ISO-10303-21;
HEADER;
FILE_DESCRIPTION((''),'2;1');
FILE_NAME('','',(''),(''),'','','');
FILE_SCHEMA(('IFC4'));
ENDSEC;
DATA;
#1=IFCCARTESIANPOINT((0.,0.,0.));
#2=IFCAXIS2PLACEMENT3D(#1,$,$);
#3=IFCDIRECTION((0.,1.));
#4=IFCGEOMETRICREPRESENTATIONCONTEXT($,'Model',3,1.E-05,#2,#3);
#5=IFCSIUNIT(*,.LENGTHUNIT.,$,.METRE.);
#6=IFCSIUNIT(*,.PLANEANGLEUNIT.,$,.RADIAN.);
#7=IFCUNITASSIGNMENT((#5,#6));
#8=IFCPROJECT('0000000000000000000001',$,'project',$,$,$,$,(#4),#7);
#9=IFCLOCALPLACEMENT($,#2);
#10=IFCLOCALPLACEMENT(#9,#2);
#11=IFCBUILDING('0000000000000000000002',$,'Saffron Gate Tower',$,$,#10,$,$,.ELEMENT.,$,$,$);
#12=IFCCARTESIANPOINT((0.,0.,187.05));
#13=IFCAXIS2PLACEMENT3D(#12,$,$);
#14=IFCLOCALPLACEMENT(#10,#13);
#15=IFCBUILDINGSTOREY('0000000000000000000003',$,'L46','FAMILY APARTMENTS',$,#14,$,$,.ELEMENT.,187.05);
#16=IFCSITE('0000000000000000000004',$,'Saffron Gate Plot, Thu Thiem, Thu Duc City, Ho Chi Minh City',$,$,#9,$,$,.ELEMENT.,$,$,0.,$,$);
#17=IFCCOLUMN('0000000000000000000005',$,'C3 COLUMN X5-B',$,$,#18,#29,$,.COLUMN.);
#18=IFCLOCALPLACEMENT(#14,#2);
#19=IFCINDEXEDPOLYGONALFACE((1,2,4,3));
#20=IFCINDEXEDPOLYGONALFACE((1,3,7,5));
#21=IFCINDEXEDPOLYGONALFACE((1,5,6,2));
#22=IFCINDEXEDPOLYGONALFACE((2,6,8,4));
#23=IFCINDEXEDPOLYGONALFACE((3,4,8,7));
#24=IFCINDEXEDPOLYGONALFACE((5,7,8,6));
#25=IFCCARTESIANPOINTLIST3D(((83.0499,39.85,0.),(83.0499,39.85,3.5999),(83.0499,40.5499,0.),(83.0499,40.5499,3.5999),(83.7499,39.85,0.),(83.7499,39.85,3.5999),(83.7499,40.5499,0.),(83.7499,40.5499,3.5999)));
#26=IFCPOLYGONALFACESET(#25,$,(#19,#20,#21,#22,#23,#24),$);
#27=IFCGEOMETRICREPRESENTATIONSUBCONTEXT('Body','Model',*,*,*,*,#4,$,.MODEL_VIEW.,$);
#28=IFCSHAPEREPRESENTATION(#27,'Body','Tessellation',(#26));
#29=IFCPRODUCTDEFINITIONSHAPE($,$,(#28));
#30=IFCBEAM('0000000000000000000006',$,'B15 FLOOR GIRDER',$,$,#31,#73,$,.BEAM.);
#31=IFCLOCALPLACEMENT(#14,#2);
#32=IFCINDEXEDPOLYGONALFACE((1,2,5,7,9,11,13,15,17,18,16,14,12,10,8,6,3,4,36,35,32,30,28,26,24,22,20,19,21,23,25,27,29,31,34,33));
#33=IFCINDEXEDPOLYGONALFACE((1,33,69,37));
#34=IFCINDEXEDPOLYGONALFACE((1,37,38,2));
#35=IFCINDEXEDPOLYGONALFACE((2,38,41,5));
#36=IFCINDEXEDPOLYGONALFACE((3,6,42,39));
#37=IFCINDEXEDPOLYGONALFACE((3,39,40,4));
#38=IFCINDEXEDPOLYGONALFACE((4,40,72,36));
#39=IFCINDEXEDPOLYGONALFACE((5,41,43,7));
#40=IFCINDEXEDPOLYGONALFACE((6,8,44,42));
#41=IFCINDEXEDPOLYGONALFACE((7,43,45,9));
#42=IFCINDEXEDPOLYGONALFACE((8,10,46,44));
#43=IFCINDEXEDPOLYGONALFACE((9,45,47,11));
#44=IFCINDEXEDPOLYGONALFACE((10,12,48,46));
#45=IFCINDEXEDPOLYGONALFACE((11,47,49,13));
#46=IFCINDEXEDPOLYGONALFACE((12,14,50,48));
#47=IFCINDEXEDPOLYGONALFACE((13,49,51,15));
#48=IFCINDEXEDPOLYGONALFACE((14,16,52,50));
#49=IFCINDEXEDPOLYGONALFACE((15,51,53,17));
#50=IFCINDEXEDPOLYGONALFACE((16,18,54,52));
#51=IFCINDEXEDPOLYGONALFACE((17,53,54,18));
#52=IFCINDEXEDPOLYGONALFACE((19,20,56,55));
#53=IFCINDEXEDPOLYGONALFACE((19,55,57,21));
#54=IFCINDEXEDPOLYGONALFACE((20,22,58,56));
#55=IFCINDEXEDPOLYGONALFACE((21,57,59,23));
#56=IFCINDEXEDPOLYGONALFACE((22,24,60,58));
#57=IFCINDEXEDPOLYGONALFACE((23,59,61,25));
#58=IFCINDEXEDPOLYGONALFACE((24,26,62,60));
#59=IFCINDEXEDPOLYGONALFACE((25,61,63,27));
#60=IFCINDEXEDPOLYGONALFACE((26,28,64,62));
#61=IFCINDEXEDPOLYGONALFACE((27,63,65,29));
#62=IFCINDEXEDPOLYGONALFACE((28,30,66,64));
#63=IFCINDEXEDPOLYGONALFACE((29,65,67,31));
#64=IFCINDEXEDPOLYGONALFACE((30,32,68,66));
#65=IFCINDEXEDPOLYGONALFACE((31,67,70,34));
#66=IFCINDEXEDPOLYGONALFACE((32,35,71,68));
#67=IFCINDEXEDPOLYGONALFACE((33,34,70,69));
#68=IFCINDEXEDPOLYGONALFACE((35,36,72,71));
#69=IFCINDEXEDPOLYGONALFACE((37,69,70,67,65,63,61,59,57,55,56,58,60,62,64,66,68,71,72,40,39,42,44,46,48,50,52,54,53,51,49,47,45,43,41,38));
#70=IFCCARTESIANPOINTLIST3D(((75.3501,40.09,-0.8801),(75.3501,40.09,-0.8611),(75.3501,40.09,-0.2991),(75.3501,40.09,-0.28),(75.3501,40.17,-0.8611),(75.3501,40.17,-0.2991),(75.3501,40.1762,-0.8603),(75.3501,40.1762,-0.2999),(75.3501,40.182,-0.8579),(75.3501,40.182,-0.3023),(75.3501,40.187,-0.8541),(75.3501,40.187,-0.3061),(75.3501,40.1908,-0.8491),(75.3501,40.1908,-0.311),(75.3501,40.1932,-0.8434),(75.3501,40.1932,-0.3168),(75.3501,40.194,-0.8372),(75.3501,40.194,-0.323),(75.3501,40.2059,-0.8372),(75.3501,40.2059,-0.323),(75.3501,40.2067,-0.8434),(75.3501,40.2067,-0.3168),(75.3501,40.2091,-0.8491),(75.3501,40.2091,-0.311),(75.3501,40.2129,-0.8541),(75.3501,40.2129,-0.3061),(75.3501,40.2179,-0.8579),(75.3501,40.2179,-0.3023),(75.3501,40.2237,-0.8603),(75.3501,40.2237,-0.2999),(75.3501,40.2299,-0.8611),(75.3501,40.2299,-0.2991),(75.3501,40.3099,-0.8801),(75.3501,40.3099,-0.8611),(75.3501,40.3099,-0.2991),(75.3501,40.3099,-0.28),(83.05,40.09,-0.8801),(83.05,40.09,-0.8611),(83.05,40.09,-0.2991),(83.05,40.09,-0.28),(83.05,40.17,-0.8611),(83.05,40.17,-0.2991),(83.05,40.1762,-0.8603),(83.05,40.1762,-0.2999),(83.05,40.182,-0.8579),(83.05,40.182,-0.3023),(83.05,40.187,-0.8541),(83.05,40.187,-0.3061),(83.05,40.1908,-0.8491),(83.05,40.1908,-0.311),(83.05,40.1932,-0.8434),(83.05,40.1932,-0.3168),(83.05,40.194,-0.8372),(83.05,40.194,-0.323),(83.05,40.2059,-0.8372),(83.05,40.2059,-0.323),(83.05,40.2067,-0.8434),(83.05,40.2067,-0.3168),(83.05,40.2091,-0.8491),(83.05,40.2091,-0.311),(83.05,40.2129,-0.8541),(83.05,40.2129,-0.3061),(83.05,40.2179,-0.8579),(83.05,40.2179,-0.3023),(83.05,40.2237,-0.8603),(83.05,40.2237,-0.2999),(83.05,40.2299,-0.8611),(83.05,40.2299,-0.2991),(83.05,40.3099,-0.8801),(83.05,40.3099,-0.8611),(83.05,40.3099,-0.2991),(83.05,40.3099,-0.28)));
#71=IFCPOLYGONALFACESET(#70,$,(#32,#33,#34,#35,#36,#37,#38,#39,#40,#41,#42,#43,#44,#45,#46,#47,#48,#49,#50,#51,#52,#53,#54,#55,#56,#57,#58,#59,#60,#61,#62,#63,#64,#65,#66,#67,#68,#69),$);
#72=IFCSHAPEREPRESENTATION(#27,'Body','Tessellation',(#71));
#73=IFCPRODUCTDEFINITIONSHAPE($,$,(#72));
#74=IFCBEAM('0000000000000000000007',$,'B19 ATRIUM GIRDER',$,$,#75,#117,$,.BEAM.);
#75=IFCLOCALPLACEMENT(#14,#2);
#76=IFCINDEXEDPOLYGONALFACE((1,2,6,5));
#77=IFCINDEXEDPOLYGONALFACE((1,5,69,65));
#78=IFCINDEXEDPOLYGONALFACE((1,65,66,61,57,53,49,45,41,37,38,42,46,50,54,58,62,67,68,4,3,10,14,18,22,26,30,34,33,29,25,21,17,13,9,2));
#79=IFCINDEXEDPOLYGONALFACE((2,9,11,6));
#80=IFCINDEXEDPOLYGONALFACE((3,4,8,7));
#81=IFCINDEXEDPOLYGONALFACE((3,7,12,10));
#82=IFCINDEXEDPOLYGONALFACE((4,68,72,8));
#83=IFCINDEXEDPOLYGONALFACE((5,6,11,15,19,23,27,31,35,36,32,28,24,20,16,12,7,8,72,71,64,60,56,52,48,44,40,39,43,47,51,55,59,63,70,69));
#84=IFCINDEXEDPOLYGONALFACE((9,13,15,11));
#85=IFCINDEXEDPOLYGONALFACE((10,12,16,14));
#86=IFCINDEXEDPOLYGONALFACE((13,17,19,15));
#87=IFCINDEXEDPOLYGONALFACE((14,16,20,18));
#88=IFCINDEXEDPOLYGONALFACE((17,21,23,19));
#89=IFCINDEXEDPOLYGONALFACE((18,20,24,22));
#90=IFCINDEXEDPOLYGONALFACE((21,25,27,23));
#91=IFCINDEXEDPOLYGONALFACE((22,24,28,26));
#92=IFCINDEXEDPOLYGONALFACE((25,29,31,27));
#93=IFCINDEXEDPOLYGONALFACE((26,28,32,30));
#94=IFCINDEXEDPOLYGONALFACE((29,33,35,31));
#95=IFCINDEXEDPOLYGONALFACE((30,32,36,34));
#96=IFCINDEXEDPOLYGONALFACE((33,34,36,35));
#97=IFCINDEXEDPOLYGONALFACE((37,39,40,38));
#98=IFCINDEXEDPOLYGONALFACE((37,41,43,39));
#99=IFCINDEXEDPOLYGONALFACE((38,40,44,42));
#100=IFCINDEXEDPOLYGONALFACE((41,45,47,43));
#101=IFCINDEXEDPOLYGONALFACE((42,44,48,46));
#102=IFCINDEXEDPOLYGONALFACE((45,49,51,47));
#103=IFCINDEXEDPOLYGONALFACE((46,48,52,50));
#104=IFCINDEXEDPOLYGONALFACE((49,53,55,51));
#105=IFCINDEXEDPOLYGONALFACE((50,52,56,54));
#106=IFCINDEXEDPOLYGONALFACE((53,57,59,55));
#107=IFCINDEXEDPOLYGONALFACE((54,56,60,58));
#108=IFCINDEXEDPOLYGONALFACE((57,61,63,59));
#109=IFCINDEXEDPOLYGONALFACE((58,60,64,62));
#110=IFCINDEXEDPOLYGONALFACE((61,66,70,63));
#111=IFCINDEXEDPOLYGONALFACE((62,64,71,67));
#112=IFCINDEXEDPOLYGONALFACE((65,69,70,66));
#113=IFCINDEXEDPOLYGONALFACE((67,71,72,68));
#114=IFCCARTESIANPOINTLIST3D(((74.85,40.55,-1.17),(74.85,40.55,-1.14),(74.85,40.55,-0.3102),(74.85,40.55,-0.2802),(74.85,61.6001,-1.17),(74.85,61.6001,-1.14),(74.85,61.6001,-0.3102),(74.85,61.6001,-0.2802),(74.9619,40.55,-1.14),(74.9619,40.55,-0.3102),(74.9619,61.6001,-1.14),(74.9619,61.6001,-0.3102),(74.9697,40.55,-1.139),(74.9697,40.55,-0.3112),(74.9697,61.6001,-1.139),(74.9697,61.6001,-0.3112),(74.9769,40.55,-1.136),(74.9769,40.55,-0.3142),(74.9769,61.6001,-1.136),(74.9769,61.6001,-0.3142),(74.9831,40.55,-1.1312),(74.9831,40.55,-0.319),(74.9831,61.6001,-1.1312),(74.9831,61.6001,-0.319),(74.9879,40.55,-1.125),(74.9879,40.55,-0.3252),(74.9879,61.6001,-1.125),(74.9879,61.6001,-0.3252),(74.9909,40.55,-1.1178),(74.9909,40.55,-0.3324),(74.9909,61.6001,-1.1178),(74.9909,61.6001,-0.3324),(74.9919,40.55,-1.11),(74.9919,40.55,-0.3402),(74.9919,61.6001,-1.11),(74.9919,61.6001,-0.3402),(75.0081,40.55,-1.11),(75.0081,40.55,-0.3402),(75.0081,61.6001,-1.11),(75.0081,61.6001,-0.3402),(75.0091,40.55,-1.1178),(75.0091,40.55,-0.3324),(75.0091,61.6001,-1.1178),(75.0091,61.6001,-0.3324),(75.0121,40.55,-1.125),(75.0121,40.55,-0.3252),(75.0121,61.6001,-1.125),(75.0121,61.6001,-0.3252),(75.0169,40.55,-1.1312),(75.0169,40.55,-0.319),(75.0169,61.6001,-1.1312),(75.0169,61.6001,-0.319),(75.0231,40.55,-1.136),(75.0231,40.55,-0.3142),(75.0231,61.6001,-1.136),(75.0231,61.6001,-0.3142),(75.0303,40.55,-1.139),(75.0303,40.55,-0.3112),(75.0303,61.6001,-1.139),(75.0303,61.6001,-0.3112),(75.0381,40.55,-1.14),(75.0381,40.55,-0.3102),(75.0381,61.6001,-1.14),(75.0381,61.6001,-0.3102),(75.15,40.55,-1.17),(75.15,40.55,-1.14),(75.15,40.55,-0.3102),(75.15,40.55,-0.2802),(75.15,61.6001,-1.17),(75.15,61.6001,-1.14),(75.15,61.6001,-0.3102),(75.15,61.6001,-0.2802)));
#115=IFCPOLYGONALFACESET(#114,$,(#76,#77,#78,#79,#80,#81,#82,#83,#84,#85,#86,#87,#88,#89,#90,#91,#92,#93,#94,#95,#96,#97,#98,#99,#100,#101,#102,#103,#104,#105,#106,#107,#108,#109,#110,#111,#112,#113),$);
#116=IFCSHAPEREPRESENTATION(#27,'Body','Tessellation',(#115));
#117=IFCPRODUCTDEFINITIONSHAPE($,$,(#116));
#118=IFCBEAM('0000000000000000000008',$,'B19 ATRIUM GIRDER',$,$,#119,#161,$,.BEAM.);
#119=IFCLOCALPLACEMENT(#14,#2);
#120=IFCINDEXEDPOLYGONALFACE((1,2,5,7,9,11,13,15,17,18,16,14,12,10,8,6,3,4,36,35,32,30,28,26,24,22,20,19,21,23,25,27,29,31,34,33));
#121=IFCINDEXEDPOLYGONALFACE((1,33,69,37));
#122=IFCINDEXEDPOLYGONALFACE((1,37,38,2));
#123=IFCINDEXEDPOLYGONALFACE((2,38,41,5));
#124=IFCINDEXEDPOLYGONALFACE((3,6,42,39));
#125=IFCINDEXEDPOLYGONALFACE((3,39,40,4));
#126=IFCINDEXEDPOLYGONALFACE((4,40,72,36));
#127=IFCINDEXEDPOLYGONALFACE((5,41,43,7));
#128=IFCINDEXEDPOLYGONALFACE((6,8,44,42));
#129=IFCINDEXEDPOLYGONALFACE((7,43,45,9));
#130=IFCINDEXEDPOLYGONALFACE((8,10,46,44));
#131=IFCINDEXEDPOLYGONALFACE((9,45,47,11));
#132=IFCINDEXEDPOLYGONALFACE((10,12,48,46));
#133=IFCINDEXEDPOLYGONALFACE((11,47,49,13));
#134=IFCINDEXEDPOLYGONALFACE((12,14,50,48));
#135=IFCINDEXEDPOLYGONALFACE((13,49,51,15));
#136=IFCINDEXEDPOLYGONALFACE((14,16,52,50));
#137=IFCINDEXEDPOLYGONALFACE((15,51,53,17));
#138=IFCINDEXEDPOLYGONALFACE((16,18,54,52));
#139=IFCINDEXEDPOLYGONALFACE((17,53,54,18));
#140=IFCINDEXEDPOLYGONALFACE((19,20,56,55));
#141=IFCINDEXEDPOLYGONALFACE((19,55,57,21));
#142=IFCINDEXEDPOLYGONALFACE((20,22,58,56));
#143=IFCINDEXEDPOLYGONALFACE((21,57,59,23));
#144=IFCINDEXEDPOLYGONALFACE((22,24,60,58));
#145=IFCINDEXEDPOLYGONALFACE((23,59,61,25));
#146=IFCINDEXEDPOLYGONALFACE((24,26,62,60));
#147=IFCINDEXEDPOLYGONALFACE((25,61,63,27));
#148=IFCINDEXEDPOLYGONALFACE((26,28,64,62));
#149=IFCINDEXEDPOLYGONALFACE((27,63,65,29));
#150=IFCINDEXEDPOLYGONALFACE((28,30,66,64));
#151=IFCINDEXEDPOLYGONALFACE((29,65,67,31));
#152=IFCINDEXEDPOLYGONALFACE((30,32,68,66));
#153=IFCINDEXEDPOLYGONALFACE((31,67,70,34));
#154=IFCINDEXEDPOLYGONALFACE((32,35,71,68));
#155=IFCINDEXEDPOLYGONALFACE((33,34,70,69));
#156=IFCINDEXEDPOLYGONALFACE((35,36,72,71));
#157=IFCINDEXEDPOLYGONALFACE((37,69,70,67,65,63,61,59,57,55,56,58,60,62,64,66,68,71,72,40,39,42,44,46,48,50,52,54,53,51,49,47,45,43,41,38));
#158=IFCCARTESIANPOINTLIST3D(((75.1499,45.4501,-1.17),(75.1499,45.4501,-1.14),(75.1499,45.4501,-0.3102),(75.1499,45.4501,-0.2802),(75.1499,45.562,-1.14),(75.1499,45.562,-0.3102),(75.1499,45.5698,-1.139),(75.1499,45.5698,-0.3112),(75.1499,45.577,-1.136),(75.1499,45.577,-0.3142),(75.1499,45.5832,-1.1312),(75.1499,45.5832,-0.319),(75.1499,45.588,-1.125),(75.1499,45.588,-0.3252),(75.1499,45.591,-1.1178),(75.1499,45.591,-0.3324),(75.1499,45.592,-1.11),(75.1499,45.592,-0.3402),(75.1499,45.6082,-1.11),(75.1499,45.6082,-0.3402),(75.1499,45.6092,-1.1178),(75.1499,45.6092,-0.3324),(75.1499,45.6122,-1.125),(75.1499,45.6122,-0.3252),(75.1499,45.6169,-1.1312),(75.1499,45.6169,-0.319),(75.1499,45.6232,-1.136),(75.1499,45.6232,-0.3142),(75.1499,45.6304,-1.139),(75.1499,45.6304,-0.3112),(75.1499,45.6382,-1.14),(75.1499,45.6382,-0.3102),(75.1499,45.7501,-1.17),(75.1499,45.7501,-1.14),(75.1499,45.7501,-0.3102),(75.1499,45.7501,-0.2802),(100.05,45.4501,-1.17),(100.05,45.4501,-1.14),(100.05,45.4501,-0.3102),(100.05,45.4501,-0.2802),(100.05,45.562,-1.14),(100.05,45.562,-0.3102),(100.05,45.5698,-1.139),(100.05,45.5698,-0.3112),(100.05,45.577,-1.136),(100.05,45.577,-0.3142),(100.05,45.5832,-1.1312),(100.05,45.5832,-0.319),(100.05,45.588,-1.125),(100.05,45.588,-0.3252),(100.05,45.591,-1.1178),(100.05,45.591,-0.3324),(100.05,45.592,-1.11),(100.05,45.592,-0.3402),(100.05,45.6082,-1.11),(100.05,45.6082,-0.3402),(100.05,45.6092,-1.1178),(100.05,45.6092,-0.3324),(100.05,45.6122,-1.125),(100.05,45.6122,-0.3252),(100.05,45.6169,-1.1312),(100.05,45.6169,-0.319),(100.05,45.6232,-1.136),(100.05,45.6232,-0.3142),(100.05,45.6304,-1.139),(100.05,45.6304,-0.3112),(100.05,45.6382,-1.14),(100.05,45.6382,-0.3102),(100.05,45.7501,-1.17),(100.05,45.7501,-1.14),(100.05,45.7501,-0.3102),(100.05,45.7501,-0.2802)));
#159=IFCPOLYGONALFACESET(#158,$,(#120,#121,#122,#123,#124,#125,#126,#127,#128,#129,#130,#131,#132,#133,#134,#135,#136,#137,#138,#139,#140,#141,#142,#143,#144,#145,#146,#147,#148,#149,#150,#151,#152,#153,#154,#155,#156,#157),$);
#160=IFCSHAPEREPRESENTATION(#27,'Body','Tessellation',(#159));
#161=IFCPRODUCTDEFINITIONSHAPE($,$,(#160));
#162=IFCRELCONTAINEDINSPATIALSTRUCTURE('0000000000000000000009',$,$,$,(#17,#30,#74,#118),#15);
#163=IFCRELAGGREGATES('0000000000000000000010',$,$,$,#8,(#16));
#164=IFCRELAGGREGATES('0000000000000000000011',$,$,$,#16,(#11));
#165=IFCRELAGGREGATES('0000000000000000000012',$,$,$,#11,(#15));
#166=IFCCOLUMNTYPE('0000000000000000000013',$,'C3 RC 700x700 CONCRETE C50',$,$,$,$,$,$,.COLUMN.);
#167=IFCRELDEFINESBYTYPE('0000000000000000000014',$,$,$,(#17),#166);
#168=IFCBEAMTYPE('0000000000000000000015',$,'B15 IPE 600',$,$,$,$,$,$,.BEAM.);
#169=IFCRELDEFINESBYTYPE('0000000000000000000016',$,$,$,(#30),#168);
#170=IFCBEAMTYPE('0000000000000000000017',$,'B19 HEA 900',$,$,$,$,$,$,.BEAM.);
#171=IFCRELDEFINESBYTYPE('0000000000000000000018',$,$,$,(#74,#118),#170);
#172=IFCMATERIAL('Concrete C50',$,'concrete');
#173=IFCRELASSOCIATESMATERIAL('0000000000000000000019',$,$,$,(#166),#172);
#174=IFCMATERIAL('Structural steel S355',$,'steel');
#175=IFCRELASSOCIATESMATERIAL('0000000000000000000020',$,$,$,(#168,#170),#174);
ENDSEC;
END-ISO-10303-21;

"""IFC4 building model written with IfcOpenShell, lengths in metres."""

from ifc_helpers import new_model, si_unit, direction, frame, origin, origin_2d, place, context, subcontext, project, spatial, rectangle, i_section, extrude, material, material_profile, profile_set, type_object, element, save


model = new_model("IFC4")

# Units and contexts
model_context = context("Model", 3, precision=1e-05, world=origin(), true_north=direction((0.0, 1.0)))
body_context = subcontext(model_context, "Body", "Model", "MODEL_VIEW")
ifc_project = project(units=[si_unit("LENGTHUNIT", "METRE"), si_unit("PLANEANGLEUNIT", "RADIAN")], contexts=[model_context])

# Site, building, storey
site_placement = place(None, origin())
site = spatial("IfcSite", under=ifc_project, at=site_placement, Name="Saffron Gate Plot, Thu Thiem, Thu Duc City, Ho Chi Minh City", CompositionType="ELEMENT", RefElevation=0.0)
building_placement = place(site_placement, origin())
building = spatial("IfcBuilding", under=site, at=building_placement, Name="Saffron Gate Tower", CompositionType="ELEMENT")
storey_placement = place(building_placement, frame((0.0, 0.0, 187.05)))
storey = spatial("IfcBuildingStorey", under=building, at=storey_placement, Name="L46", Description="FAMILY APARTMENTS", CompositionType="ELEMENT", Elevation=187.05)

# Column
ifc_material_1 = material(Name="Concrete C50", Category="concrete")
ifc_material_profile_1 = material_profile(ifc_material_1, rectangle(XDim=0.7, YDim=0.7, at=origin_2d()))
ifc_profile_set_1 = profile_set([ifc_material_profile_1], Name="Concrete C50")
column_type = type_object("IfcColumnType", Name="C3 RC 700x700 CONCRETE C50", PredefinedType="COLUMN", material=ifc_profile_set_1)
column_placement = place(storey_placement, frame((83.3999, 40.2, 0.0), z_axis=(0.0, 0.0, 1.0), x_axis=(1.0, 0.0, 0.0)))
element("IfcColumn", 1, at=column_placement, inside=storey, type_object=column_type, Name="C3 COLUMN X5-B", PredefinedType="COLUMN", context=body_context, shape_type="SweptSolid", body=[
    extrude(rectangle(XDim=0.7, YDim=0.7, at=origin_2d()), origin(), (0.0, 0.0, 1.0), 3.5999),
])

# Beams
ifc_material_2 = material(Name="Structural steel S355", Category="steel")
ifc_material_profile_2 = material_profile(ifc_material_2, i_section(OverallWidth=0.22, OverallDepth=0.6001, WebThickness=0.012, FlangeThickness=0.019, FilletRadius=0.0239, at=origin_2d()))
ifc_profile_set_2 = profile_set([ifc_material_profile_2], Name="Structural steel S355")
beam_type_1 = type_object("IfcBeamType", Name="B15 IPE 600", PredefinedType="BEAM", material=ifc_profile_set_2)
beam_1_placement = place(storey_placement, frame((75.3501, 40.2, -0.5801), z_axis=(1.0, 0.0, 0.0), x_axis=(0.0, 1.0, 0.0)))
element("IfcBeam", 2, at=beam_1_placement, inside=storey, type_object=beam_type_1, Name="B15 FLOOR GIRDER", PredefinedType="BEAM", context=body_context, shape_type="SweptSolid", body=[
    extrude(i_section(OverallWidth=0.22, OverallDepth=0.6001, WebThickness=0.012, FlangeThickness=0.019, FilletRadius=0.0239, at=origin_2d()), origin(), (0.0, 0.0, 1.0), 7.7),
])
ifc_material_profile_3 = material_profile(ifc_material_2, i_section(OverallWidth=0.3, OverallDepth=0.8899, WebThickness=0.0161, FlangeThickness=0.03, FilletRadius=0.03, at=origin_2d()))
ifc_profile_set_3 = profile_set([ifc_material_profile_3], Name="Structural steel S355")
beam_type_2 = type_object("IfcBeamType", Name="B19 HEA 900", PredefinedType="BEAM", material=ifc_profile_set_3)
beam_2_placement = place(storey_placement, frame((75.0, 40.55, -0.7251), z_axis=(0.0, 1.0, 0.0), x_axis=(-1.0, 0.0, 0.0)))
element("IfcBeam", 3, at=beam_2_placement, inside=storey, type_object=beam_type_2, Name="B19 ATRIUM GIRDER", PredefinedType="BEAM", context=body_context, shape_type="SweptSolid", body=[
    extrude(i_section(OverallWidth=0.3, OverallDepth=0.8899, WebThickness=0.0161, FlangeThickness=0.03, FilletRadius=0.03, at=origin_2d()), origin(), (0.0, 0.0, 1.0), 21.05),
])
beam_3_placement = place(storey_placement, frame((75.1499, 45.6001, -0.7251), z_axis=(1.0, 0.0, 0.0), x_axis=(0.0, 1.0, 0.0)))
element("IfcBeam", 4, at=beam_3_placement, inside=storey, type_object=beam_type_2, Name="B19 ATRIUM GIRDER", PredefinedType="BEAM", context=body_context, shape_type="SweptSolid", body=[
    extrude(i_section(OverallWidth=0.3, OverallDepth=0.8899, WebThickness=0.0161, FlangeThickness=0.03, FilletRadius=0.03, at=origin_2d()), origin(), (0.0, 0.0, 1.0), 24.9001),
])

save(model, "model.ifc")
